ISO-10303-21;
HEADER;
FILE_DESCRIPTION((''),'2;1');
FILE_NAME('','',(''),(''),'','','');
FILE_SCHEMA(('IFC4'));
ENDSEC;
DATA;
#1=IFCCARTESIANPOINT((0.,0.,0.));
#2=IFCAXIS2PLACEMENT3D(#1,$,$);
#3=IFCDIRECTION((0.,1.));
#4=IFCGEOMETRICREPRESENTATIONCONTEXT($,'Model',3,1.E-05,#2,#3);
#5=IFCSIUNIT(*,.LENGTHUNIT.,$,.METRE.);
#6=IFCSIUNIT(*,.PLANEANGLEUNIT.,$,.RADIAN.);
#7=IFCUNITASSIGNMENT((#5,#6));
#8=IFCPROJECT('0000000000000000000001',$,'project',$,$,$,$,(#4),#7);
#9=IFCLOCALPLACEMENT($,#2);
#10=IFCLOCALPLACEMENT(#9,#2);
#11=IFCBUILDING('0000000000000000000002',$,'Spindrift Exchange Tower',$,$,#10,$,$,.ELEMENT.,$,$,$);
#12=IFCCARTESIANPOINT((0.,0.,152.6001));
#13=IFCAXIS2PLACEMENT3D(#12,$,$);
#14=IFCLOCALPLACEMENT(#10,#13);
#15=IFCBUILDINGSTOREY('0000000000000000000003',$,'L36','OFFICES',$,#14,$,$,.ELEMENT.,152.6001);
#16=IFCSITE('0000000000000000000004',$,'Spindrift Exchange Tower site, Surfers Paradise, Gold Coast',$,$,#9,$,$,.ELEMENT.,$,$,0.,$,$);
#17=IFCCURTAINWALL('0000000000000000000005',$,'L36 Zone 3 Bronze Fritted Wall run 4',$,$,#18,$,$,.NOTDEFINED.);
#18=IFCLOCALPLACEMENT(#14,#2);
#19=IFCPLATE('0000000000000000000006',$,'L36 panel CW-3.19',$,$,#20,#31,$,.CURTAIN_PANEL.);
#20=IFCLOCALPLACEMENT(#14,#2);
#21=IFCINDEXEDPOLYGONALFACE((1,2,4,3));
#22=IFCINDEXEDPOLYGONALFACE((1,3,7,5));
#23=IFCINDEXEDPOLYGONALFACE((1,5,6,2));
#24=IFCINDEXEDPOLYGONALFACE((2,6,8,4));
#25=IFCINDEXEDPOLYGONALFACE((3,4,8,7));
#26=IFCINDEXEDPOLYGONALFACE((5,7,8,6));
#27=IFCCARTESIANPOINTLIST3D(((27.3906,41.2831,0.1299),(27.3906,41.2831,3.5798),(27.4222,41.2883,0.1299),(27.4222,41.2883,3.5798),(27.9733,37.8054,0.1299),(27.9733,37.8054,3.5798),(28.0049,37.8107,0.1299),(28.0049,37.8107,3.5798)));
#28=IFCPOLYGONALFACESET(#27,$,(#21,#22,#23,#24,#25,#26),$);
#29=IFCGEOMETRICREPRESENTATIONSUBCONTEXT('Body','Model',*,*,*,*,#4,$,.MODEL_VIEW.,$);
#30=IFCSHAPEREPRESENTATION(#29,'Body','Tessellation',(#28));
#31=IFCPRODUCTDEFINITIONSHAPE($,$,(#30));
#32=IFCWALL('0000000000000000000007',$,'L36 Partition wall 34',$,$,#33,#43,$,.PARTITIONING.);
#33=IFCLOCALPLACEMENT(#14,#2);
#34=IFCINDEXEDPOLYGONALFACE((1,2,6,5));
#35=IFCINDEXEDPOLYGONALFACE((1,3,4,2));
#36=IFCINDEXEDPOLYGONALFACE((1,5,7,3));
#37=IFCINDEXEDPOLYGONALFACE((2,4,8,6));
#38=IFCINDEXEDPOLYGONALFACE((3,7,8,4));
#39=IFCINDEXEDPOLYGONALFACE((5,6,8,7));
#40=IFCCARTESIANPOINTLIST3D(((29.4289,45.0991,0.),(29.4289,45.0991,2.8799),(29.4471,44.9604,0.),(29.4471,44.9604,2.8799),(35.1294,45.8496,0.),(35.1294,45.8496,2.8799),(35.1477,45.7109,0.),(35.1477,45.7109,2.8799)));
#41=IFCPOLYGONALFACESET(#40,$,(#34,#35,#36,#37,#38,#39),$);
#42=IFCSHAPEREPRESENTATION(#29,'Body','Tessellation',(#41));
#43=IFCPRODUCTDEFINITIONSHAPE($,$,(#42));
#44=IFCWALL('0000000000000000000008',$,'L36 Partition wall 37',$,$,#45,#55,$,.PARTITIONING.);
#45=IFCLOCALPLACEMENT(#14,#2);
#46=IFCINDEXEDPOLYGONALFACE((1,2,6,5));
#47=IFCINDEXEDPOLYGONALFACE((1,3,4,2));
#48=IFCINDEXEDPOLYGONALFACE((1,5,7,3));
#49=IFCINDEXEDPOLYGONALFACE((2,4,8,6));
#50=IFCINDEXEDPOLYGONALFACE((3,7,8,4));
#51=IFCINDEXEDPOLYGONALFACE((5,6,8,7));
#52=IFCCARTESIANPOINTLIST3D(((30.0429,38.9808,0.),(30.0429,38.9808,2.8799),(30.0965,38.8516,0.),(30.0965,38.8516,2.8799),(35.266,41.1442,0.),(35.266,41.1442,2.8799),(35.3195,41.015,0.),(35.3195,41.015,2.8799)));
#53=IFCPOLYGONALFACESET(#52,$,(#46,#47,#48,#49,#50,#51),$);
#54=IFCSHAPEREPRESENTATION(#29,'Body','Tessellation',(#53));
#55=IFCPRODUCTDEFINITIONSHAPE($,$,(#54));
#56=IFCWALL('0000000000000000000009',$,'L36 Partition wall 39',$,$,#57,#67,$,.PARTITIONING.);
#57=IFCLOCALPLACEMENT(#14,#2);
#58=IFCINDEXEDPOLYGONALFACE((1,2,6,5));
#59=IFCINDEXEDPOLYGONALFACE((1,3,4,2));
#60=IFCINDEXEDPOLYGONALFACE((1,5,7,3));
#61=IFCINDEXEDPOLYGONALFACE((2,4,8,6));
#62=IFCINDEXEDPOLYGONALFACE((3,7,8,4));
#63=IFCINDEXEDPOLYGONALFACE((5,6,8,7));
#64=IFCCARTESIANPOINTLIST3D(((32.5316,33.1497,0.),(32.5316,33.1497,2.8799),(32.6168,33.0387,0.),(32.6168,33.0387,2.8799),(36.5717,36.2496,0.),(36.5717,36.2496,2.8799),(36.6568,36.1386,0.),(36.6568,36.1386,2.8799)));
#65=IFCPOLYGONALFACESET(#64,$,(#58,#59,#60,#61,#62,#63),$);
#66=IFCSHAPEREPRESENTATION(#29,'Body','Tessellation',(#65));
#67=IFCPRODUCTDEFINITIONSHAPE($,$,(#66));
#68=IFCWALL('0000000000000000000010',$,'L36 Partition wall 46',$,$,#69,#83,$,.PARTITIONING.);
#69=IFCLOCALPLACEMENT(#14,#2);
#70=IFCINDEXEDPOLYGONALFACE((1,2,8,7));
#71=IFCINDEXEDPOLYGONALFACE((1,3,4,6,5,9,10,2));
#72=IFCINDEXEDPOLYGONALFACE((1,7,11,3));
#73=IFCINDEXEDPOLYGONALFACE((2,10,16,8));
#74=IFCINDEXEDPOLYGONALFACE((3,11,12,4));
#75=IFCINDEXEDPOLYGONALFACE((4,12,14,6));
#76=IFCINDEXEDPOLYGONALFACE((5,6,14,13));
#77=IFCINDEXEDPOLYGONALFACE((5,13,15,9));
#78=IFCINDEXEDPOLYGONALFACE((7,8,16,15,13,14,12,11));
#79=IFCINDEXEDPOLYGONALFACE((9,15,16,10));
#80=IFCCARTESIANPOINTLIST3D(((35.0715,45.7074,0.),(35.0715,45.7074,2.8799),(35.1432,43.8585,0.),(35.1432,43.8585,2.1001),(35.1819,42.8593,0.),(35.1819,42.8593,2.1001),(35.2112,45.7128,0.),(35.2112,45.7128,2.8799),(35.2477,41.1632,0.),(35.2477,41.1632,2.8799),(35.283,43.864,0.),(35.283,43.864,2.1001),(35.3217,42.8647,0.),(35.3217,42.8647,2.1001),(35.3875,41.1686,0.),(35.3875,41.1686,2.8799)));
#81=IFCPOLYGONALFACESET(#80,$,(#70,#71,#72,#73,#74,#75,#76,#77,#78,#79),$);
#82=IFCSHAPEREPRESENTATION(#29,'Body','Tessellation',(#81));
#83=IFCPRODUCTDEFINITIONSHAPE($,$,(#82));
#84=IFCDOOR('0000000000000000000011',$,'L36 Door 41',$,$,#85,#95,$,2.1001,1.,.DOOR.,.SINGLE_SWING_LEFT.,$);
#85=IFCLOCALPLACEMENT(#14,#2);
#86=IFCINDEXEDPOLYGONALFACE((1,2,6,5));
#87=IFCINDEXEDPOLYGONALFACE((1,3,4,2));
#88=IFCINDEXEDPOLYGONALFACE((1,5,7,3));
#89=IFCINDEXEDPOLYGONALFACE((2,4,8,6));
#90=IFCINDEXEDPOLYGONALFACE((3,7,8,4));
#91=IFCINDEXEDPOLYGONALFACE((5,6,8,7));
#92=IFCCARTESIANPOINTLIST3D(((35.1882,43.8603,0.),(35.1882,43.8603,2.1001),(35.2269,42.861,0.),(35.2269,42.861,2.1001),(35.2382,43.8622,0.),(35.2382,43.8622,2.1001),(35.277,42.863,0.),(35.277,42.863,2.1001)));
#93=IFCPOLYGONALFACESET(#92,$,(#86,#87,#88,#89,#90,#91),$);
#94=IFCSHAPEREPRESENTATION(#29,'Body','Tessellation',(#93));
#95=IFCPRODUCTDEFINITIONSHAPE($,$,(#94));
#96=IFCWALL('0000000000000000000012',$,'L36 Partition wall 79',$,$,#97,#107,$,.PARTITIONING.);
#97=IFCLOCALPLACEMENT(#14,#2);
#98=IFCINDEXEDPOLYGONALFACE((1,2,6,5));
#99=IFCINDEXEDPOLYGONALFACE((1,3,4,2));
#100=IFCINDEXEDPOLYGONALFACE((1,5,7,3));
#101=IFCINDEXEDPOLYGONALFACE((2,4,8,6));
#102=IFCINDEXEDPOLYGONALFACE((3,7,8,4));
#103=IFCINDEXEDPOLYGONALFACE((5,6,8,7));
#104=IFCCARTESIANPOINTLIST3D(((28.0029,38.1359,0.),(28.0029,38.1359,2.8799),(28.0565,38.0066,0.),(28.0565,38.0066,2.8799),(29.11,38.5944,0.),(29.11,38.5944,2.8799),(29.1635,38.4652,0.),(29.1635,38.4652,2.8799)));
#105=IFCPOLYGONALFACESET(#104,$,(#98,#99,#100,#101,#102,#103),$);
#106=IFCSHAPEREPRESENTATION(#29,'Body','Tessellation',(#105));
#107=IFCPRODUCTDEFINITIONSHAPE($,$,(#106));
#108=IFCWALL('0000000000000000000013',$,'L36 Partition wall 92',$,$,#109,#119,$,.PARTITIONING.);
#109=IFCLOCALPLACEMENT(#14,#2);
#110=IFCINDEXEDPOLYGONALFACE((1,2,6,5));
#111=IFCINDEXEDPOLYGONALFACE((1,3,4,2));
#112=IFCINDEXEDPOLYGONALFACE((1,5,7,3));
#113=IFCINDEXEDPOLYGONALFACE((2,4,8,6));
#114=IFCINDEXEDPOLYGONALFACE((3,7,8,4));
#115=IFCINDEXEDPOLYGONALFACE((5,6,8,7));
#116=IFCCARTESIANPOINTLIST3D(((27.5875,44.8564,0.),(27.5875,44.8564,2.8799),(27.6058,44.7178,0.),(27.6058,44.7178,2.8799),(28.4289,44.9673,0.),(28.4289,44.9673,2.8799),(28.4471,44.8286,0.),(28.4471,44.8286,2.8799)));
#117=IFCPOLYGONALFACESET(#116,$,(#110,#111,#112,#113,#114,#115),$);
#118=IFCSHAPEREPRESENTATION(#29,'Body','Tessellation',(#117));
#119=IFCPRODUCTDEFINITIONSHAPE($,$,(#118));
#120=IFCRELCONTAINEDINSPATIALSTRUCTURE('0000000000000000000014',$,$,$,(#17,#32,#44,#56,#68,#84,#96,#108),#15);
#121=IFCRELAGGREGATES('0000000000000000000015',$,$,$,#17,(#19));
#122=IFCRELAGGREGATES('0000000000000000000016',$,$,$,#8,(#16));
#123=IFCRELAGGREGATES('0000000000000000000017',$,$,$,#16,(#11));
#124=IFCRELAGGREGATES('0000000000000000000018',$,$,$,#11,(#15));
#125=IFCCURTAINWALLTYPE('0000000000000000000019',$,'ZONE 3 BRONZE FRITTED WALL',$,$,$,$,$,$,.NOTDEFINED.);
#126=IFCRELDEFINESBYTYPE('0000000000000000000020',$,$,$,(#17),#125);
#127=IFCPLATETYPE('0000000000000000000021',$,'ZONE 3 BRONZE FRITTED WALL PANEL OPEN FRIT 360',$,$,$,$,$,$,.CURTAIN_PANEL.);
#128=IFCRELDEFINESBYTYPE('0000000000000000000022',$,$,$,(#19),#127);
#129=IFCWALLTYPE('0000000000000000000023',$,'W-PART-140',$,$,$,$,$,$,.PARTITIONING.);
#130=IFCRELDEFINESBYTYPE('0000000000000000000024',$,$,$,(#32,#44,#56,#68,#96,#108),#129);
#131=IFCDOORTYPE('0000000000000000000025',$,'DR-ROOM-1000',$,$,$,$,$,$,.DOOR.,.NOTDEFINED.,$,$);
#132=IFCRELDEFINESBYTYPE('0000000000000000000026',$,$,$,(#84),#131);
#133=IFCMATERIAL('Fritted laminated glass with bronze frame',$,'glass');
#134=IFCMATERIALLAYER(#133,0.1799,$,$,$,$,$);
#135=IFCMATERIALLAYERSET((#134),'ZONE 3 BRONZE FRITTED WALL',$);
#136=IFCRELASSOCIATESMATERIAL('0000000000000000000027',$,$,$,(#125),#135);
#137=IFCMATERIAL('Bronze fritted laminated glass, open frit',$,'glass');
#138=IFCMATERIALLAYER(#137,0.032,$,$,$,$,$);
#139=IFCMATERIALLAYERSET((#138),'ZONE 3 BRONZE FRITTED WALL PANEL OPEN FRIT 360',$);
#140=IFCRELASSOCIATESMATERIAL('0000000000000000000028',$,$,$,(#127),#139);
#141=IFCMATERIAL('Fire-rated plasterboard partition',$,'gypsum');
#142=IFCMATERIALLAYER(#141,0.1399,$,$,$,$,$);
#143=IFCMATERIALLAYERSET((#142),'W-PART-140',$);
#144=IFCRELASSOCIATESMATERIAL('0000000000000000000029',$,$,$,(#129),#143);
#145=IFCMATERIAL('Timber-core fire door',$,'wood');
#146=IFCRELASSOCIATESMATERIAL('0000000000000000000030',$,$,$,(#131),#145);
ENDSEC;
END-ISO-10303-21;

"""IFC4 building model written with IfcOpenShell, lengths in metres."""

from ifc_helpers import new_model, si_unit, direction, frame, frame_2d, origin, origin_2d, place, context, subcontext, project, spatial, rectangle, extrude, source, transform, mapped, material, layer, layer_set, type_object, element, fill, aggregate, save


model = new_model("IFC4")

# Units and contexts
model_context = context("Model", 3, precision=1e-05, world=origin(), true_north=direction((0.0, 1.0)))
body_context = subcontext(model_context, "Body", "Model", "MODEL_VIEW")
ifc_project = project(units=[si_unit("LENGTHUNIT", "METRE"), si_unit("PLANEANGLEUNIT", "RADIAN")], contexts=[model_context])

# Site, building, storey
site_placement = place(None, origin())
site = spatial("IfcSite", under=ifc_project, at=site_placement, Name="Spindrift Exchange Tower site, Surfers Paradise, Gold Coast", CompositionType="ELEMENT", RefElevation=0.0)
building_placement = place(site_placement, origin())
building = spatial("IfcBuilding", under=site, at=building_placement, Name="Spindrift Exchange Tower", CompositionType="ELEMENT")
storey_placement = place(building_placement, frame((0.0, 0.0, 152.6001)))
storey = spatial("IfcBuildingStorey", under=building, at=storey_placement, Name="L36", Description="OFFICES", CompositionType="ELEMENT", Elevation=152.6001)

# Shared definitions
ifc_material_1 = material(Name="Fritted laminated glass with bronze frame", Category="glass")
ifc_layer_1 = layer(ifc_material_1, 0.1799)
ifc_layer_set_1 = layer_set([ifc_layer_1], Name="ZONE 3 BRONZE FRITTED WALL")
curtain_wall_type = type_object("IfcCurtainWallType", Name="ZONE 3 BRONZE FRITTED WALL", PredefinedType="NOTDEFINED", material=ifc_layer_set_1)

# Curtain wall
curtain_wall_1_placement = place(storey_placement, origin())
curtain_wall_1 = element("IfcCurtainWall", 1, at=curtain_wall_1_placement, inside=storey, type_object=curtain_wall_type, Name="L36 Zone 3 Bronze Fritted Wall run 4", PredefinedType="NOTDEFINED")

# Plate
ifc_material_2 = material(Name="Bronze fritted laminated glass, open frit", Category="glass")
ifc_layer_2 = layer(ifc_material_2, 0.032)
ifc_layer_set_2 = layer_set([ifc_layer_2], Name="ZONE 3 BRONZE FRITTED WALL PANEL OPEN FRIT 360")
plate_type_1 = type_object("IfcPlateType", Name="ZONE 3 BRONZE FRITTED WALL PANEL OPEN FRIT 360", PredefinedType="CURTAIN_PANEL", material=ifc_layer_set_2)
shared_shape_1 = source(origin(), body_context, "Body", "SweptSolid", [
    extrude(rectangle(XDim=3.5261, YDim=0.032, at=origin_2d()), origin(), (0.0, 0.0, 1.0), 3.45),
])
plate_1_placement = place(storey_placement, frame((27.6978, 39.5469, 0.1299), z_axis=(0.0, 0.0, 1.0), x_axis=(0.165256, -0.986251, 0.0)))
plate_1 = element("IfcPlate", 2, at=plate_1_placement, type_object=plate_type_1, Name="L36 panel CW-3.19", PredefinedType="CURTAIN_PANEL", context=body_context, shape_type="MappedRepresentation", body=[
    mapped(shared_shape_1, transform((0.0, 0.0, 0.0), scale=1.0)),
])
aggregate(curtain_wall_1, [plate_1])

# Walls
ifc_material_3 = material(Name="Fire-rated plasterboard partition", Category="gypsum")
ifc_layer_3 = layer(ifc_material_3, 0.1399)
ifc_layer_set_3 = layer_set([ifc_layer_3], Name="W-PART-140")
wall_type = type_object("IfcWallType", Name="W-PART-140", PredefinedType="PARTITIONING", material=ifc_layer_set_3)
wall_1_placement = place(storey_placement, frame((35.1387, 45.7803, 0.0), z_axis=(0.0, 0.0, 1.0), x_axis=(-0.991445, -0.130523, 0.0)))
element("IfcWall", 3, at=wall_1_placement, inside=storey, type_object=wall_type, Name="L36 Partition wall 34", PredefinedType="PARTITIONING", context=body_context, shape_type="SweptSolid", body=[
    extrude(rectangle(XDim=5.7498, YDim=0.1399, at=frame_2d((2.875, 0.0))), origin(), (0.0, 0.0, 1.0), 2.8799),
])
wall_2_placement = place(storey_placement, frame((35.2927, 41.0796, 0.0), z_axis=(0.0, 0.0, 1.0), x_axis=(-0.923884, -0.382673, 0.0)))
element("IfcWall", 4, at=wall_2_placement, inside=storey, type_object=wall_type, Name="L36 Partition wall 37", PredefinedType="PARTITIONING", context=body_context, shape_type="SweptSolid", body=[
    extrude(rectangle(XDim=5.6533, YDim=0.1399, at=frame_2d((2.8267, 0.0))), origin(), (0.0, 0.0, 1.0), 2.8799),
])
wall_3_placement = place(storey_placement, frame((36.6143, 36.1941, 0.0), z_axis=(0.0, 0.0, 1.0), x_axis=(-0.79337, -0.608739, 0.0)))
element("IfcWall", 5, at=wall_3_placement, inside=storey, type_object=wall_type, Name="L36 Partition wall 39", PredefinedType="PARTITIONING", context=body_context, shape_type="SweptSolid", body=[
    extrude(rectangle(XDim=5.0923, YDim=0.1399, at=frame_2d((2.5461, 0.0))), origin(), (0.0, 0.0, 1.0), 2.8799),
])

# Wall, opening, door
wall_4_placement = place(storey_placement, frame((35.3176, 41.1658, 0.0), z_axis=(0.0, 0.0, 1.0), x_axis=(-0.038761, 0.999249, 0.0)))
wall_4 = element("IfcWall", 6, at=wall_4_placement, inside=storey, type_object=wall_type, Name="L36 Partition wall 46", PredefinedType="PARTITIONING", context=body_context, shape_type="SweptSolid", body=[
    extrude(rectangle(XDim=4.5476, YDim=0.1399, at=frame_2d((2.2739, 0.0))), origin(), (0.0, 0.0, 1.0), 2.8799),
])
opening_placement = place(wall_4_placement, frame((1.6975, 0.0, 0.0)))
opening = element("IfcOpeningElement", 7, at=opening_placement, cuts=wall_4, PredefinedType="OPENING", context=body_context, shape_type="SweptSolid", body=[
    extrude(rectangle(XDim=1.0, YDim=2.1001, at=frame_2d((0.5, 1.05))), frame((0.0, 0.0798, 0.0), z_axis=(0.0, -1.0, 0.0), x_axis=(1.0, 0.0, 0.0)), (0.0, 0.0, 1.0), 0.1599),
])
ifc_material_4 = material(Name="Timber-core fire door", Category="wood")
door_type = type_object("IfcDoorType", Name="DR-ROOM-1000", OperationType="NOTDEFINED", PredefinedType="DOOR", material=ifc_material_4)
shared_shape_2 = source(origin(), body_context, "Body", "SweptSolid", [
    extrude(rectangle(XDim=1.0, YDim=2.1001, at=frame_2d((0.5, 1.05))), frame((0.0, 0.0249, 0.0), z_axis=(0.0, -1.0, 0.0), x_axis=(1.0, 0.0, 0.0)), (0.0, 0.0, 1.0), 0.05),
])
door_placement = place(opening_placement, origin())
door = element("IfcDoor", 8, at=door_placement, inside=storey, type_object=door_type, Name="L36 Door 41", OperationType="SINGLE_SWING_LEFT", OverallHeight=2.1001, OverallWidth=1.0, PredefinedType="DOOR", context=body_context, shape_type="MappedRepresentation", body=[
    mapped(shared_shape_2, transform((0.0, 0.0, 0.0), scale=1.0)),
])
fill(opening, door)

# Walls
wall_5_placement = place(storey_placement, frame((29.1367, 38.5298, 0.0), z_axis=(0.0, 0.0, 1.0), x_axis=(-0.923883, -0.382676, 0.0)))
element("IfcWall", 9, at=wall_5_placement, inside=storey, type_object=wall_type, Name="L36 Partition wall 79", PredefinedType="PARTITIONING", context=body_context, shape_type="SweptSolid", body=[
    extrude(rectangle(XDim=1.1982, YDim=0.1399, at=frame_2d((0.5991, 0.0))), origin(), (0.0, 0.0, 1.0), 2.8799),
])
wall_6_placement = place(storey_placement, frame((28.438, 44.8979, 0.0), z_axis=(0.0, 0.0, 1.0), x_axis=(-0.991433, -0.130618, 0.0)))
element("IfcWall", 10, at=wall_6_placement, inside=storey, type_object=wall_type, Name="L36 Partition wall 92", PredefinedType="PARTITIONING", context=body_context, shape_type="SweptSolid", body=[
    extrude(rectangle(XDim=0.8486, YDim=0.1399, at=frame_2d((0.4243, 0.0))), origin(), (0.0, 0.0, 1.0), 2.8799),
])

save(model, "model.ifc")
